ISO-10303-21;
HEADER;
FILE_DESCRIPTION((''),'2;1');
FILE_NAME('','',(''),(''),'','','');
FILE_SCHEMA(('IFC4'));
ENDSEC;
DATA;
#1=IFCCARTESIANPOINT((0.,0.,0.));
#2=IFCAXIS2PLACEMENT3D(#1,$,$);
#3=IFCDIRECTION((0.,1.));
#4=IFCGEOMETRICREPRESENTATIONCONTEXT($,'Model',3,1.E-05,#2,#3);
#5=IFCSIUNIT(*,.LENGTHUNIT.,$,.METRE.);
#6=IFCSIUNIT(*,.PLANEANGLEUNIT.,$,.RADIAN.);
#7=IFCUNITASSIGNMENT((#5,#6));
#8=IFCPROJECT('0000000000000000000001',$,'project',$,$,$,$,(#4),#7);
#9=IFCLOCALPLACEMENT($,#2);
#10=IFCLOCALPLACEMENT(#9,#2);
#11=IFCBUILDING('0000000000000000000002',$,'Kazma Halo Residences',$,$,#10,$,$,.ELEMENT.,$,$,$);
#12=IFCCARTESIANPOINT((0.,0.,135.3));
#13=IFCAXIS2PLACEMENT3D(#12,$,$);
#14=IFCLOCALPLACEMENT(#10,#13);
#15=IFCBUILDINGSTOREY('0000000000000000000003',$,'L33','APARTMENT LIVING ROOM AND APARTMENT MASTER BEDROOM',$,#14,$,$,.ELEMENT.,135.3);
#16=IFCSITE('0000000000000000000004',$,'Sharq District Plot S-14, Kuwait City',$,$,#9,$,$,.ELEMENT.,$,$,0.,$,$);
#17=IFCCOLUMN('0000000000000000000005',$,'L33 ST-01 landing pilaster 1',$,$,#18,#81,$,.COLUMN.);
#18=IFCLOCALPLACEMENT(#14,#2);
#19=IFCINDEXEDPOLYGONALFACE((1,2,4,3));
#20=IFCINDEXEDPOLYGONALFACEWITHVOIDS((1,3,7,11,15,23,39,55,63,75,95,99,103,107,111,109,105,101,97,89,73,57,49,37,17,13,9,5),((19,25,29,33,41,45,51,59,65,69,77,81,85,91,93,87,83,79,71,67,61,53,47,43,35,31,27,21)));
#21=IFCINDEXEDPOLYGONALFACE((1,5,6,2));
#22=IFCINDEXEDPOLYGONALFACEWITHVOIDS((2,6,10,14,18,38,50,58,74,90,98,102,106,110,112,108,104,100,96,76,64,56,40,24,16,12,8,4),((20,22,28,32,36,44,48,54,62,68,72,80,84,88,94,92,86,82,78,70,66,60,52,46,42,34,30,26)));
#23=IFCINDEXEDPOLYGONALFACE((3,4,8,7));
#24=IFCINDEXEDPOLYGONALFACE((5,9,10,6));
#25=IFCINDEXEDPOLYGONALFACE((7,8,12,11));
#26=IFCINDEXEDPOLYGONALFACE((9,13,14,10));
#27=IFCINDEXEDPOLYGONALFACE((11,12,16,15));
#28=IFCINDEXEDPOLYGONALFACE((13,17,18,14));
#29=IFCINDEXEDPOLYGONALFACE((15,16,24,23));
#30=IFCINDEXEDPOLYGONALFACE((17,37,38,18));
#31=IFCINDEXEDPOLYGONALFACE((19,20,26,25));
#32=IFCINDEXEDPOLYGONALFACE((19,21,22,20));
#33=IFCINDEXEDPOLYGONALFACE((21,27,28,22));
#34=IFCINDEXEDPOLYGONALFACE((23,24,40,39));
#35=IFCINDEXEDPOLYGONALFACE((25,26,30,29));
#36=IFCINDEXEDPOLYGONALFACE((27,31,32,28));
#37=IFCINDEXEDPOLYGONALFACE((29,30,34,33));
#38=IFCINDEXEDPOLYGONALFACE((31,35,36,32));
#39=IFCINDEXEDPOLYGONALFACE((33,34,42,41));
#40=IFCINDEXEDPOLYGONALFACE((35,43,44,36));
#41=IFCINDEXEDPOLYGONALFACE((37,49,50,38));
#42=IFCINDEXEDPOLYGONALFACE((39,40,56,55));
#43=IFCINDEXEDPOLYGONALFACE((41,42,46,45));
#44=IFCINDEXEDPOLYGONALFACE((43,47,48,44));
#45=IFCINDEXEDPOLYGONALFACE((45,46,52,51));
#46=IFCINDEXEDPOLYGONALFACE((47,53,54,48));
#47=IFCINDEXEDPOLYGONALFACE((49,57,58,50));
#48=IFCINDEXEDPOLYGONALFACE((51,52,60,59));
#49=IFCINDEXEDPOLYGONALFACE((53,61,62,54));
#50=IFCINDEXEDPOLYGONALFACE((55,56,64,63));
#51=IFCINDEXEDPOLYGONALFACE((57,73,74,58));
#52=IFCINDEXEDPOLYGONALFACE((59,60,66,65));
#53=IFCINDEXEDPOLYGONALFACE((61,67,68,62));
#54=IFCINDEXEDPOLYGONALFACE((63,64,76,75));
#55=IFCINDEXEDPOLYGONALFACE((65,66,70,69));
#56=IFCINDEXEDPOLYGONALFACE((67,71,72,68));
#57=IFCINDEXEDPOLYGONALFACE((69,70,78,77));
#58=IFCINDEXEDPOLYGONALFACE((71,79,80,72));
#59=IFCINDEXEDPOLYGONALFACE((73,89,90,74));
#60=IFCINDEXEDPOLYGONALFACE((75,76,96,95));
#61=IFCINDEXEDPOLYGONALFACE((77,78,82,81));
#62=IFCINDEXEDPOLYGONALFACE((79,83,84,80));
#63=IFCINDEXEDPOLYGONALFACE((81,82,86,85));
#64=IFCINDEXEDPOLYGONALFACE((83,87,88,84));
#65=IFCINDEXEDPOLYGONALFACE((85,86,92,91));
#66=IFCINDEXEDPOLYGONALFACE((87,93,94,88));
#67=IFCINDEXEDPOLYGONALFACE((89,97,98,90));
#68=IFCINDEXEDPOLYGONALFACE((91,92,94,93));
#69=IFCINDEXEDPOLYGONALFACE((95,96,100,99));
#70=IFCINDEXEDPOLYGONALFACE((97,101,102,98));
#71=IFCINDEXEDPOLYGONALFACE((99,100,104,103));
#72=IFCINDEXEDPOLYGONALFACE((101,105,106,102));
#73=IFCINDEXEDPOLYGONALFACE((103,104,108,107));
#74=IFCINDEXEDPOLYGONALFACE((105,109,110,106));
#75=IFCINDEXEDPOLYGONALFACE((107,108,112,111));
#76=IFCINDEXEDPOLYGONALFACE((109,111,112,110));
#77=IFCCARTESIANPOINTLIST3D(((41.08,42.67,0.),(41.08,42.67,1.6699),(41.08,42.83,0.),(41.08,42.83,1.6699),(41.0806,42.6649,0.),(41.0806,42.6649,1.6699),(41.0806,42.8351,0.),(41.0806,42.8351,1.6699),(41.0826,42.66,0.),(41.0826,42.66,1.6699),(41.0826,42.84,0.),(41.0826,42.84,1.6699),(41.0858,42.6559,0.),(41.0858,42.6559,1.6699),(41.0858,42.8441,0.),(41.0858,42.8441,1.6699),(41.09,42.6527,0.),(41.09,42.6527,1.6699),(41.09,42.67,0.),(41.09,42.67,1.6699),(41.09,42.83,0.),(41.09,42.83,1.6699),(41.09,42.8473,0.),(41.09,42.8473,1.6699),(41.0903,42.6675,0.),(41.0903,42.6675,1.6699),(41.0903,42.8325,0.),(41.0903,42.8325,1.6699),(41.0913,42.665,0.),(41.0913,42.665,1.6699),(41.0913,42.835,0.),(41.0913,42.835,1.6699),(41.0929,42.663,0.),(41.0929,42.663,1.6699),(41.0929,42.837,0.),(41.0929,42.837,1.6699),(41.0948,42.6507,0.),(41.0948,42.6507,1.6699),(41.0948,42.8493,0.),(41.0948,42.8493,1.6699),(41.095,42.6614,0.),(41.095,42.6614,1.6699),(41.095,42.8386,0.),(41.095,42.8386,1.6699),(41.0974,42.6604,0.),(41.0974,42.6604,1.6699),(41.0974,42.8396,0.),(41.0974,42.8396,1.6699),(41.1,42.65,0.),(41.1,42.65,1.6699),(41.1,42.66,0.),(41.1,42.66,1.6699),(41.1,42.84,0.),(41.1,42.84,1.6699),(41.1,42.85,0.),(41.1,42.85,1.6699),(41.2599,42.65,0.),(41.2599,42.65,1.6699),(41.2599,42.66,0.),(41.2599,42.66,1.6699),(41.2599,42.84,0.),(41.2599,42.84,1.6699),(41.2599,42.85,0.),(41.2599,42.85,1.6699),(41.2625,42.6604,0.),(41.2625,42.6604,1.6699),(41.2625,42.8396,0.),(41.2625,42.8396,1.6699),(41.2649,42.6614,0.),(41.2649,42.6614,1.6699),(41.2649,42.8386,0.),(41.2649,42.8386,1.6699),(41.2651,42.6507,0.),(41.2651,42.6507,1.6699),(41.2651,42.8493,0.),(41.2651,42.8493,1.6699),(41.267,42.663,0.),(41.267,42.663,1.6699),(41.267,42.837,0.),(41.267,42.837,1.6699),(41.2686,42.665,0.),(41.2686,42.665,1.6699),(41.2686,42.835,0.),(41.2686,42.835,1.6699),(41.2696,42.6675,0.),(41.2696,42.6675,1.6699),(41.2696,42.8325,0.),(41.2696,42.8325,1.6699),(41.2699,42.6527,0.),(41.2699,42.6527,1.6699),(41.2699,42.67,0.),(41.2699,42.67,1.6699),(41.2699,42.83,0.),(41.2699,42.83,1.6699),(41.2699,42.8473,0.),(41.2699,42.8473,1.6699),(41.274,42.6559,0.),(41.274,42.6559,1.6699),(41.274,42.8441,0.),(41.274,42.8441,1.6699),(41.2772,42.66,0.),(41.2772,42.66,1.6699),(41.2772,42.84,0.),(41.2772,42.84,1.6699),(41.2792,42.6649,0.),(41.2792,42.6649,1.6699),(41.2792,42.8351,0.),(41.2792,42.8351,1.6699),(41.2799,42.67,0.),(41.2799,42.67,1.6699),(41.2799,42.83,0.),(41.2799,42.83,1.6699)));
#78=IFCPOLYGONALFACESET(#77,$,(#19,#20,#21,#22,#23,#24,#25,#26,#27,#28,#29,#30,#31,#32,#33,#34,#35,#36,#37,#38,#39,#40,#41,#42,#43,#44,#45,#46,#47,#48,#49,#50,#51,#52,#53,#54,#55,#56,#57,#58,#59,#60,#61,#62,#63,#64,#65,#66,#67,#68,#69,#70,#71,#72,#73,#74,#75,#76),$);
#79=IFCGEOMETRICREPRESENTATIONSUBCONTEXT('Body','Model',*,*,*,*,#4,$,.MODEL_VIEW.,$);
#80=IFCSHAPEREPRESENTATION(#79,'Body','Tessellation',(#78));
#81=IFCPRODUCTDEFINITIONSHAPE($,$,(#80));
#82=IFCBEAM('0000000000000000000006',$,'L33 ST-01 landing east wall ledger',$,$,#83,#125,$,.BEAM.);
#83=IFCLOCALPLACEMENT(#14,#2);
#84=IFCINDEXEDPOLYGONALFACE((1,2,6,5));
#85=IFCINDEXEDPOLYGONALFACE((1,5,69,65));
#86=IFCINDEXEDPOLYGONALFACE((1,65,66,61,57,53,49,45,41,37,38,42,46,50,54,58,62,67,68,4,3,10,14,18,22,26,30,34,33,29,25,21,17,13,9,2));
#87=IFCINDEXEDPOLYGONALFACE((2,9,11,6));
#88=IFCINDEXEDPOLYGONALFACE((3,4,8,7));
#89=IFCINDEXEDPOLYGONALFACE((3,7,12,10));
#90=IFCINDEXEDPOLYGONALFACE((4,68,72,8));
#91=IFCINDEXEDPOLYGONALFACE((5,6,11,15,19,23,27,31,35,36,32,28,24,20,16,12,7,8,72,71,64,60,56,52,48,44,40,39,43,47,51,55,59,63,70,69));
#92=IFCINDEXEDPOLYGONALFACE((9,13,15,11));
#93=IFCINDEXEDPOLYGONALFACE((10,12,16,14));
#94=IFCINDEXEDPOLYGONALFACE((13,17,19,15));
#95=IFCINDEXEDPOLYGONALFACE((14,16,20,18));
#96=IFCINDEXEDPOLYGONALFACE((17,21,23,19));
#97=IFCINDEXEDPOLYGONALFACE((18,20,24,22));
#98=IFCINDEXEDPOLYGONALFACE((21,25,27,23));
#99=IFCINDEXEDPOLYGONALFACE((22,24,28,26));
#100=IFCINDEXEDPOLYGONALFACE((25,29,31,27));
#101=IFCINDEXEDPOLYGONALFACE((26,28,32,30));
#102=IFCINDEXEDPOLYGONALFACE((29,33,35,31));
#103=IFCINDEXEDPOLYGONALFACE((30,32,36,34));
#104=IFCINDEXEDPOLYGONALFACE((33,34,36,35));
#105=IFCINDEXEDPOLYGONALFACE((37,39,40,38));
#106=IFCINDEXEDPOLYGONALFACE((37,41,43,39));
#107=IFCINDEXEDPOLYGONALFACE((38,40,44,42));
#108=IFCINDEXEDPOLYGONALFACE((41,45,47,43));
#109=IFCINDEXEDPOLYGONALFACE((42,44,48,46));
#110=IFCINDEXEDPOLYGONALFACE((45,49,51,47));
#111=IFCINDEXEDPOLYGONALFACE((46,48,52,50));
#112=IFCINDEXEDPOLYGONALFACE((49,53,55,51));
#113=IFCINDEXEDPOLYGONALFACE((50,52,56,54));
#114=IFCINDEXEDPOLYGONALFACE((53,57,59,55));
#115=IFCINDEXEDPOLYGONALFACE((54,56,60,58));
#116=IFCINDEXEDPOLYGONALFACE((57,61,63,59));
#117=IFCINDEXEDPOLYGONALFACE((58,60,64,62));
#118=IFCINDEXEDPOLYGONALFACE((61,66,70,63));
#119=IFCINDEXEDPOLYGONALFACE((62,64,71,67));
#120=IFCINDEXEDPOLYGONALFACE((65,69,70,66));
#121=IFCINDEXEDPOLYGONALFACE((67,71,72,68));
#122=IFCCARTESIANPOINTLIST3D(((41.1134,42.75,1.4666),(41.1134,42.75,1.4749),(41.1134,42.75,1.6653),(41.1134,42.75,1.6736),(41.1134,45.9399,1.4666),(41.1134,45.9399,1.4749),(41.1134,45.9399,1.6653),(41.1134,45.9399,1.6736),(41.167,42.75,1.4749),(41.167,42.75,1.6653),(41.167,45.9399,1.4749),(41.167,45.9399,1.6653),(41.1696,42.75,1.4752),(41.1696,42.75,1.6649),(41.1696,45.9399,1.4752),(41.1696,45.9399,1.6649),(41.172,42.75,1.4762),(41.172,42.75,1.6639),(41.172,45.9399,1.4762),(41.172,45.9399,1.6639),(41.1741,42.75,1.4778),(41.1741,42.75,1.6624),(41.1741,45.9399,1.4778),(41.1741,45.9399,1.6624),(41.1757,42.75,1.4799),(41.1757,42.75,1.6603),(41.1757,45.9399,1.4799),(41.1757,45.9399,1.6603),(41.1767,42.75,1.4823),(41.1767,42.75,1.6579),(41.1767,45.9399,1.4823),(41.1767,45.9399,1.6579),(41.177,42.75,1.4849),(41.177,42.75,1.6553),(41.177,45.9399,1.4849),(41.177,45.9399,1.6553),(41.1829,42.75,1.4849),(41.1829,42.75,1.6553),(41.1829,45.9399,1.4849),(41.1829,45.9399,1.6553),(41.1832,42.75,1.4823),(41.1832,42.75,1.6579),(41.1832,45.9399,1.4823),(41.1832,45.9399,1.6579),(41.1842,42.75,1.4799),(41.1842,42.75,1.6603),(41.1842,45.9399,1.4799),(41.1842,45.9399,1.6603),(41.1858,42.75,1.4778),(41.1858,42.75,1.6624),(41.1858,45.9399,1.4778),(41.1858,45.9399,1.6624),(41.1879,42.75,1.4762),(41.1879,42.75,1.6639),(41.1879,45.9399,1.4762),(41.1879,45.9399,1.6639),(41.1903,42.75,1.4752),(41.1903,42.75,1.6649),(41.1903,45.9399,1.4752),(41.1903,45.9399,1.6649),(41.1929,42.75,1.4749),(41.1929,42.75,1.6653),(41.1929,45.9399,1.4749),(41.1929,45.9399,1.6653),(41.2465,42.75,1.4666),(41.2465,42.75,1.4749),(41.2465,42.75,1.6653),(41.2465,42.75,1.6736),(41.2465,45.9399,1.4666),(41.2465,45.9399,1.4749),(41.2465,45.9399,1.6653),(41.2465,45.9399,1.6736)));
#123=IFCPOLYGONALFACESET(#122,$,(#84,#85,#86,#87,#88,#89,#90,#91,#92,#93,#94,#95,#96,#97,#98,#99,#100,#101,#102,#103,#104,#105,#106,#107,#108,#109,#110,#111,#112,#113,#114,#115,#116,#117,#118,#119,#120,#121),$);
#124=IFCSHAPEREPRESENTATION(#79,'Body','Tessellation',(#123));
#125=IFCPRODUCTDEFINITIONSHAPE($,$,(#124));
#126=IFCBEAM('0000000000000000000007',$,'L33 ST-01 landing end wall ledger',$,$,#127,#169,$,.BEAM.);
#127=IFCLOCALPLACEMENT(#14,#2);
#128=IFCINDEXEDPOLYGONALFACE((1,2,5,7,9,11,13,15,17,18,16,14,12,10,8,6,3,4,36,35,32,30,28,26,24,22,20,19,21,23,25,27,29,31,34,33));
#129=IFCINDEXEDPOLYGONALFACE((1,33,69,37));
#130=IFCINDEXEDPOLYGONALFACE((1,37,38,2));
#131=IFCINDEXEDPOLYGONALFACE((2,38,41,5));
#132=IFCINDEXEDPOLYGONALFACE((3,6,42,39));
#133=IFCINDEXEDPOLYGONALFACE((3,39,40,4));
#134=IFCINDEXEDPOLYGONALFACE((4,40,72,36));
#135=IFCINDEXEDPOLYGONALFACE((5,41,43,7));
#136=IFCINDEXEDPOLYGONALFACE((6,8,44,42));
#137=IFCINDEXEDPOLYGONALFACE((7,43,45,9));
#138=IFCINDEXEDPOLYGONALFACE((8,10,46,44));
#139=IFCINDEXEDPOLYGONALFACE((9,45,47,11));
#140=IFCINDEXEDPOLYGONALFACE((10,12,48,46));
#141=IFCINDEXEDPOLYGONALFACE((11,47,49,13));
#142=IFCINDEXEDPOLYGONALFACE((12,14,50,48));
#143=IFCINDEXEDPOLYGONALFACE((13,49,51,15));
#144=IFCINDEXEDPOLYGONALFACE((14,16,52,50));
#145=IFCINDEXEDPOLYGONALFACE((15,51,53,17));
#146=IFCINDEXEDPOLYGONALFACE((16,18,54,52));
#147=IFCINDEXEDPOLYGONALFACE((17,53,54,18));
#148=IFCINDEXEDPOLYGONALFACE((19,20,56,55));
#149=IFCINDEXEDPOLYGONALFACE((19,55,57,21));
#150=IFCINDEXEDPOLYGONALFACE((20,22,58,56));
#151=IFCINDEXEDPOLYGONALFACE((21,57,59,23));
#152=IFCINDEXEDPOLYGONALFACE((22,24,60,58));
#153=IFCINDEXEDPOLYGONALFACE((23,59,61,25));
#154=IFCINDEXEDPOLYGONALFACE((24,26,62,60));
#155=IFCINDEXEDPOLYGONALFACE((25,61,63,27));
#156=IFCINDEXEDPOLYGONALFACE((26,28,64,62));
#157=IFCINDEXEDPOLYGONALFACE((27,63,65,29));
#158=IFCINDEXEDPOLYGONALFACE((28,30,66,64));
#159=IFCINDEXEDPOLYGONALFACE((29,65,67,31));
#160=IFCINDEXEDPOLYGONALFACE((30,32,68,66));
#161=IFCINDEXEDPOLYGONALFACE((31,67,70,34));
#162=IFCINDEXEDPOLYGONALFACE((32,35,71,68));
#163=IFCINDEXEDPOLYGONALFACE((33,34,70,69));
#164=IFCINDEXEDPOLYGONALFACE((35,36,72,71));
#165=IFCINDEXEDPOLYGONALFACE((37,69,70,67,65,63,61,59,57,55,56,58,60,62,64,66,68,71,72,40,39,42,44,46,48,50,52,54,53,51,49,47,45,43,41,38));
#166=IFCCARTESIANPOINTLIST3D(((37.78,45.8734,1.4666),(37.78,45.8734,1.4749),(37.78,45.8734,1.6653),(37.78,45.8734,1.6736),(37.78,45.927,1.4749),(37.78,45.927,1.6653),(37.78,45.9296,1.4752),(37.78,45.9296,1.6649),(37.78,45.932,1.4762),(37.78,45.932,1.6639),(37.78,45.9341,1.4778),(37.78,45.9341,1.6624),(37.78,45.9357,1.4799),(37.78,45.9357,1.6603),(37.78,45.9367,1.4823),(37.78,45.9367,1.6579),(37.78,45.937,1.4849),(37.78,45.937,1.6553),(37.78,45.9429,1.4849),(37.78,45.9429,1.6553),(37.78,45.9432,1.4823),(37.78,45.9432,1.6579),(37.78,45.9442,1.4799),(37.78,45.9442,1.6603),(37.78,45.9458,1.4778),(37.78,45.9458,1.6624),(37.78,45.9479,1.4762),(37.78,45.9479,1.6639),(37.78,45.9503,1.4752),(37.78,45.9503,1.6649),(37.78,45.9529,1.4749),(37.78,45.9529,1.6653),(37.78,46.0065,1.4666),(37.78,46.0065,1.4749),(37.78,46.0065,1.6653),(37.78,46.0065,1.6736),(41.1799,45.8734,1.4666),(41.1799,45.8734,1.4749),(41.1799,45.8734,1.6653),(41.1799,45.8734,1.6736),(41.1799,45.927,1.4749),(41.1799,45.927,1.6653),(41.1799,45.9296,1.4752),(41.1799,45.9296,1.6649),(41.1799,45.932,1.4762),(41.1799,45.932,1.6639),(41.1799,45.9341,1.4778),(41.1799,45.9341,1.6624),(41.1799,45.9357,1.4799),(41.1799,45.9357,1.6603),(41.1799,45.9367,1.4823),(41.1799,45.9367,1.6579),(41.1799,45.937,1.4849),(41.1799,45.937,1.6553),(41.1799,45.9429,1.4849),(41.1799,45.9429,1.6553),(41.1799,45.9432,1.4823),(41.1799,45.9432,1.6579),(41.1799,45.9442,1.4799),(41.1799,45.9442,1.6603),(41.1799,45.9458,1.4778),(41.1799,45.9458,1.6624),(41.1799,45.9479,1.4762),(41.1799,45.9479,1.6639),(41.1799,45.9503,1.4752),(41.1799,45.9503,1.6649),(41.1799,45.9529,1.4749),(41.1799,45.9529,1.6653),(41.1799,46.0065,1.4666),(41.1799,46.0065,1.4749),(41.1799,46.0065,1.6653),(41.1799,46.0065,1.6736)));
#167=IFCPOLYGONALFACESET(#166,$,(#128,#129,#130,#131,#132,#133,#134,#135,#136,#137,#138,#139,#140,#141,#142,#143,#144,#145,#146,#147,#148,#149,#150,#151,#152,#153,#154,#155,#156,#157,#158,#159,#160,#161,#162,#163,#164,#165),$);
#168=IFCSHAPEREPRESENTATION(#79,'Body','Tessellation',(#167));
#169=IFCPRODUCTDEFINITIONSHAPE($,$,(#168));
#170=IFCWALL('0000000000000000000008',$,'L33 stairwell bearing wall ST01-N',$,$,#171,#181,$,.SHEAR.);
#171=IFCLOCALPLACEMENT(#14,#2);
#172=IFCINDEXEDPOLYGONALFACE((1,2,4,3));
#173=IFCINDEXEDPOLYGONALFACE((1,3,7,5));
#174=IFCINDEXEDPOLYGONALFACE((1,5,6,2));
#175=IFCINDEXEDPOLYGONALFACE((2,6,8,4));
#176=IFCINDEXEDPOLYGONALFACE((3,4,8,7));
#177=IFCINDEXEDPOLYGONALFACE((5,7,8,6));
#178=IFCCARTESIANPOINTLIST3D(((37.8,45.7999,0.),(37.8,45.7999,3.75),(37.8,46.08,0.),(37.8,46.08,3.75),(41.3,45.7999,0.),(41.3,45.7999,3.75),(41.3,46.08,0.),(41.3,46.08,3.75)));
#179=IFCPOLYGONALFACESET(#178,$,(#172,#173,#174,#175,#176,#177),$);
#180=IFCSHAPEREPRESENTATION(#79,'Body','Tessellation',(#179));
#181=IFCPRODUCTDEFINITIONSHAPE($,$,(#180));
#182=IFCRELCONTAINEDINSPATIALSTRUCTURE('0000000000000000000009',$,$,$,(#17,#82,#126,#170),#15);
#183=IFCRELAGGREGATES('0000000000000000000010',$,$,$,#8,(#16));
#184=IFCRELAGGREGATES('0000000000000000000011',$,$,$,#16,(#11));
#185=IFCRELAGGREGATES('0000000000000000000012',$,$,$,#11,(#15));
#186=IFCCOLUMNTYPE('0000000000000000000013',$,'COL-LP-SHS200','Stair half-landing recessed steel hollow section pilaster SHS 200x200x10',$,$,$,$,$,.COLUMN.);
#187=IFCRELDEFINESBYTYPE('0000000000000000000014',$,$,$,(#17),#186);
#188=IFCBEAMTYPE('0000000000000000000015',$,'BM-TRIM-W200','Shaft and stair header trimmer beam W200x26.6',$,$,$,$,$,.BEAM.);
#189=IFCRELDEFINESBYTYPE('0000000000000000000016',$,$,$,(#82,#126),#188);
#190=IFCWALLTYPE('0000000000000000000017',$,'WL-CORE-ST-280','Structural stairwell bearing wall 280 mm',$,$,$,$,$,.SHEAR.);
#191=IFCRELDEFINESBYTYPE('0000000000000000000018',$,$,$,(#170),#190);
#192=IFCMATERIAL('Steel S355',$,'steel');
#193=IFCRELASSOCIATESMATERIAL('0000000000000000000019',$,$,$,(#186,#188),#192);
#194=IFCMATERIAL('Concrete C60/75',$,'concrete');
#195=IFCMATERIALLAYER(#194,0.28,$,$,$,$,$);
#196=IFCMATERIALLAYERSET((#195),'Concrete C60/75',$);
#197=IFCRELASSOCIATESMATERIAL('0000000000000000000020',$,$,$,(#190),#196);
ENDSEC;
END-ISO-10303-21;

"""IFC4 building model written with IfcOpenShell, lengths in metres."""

from ifc_helpers import new_model, si_unit, direction, frame, frame_2d, origin, origin_2d, place, context, subcontext, project, spatial, rectangle, hollow_rectangle, i_section, extrude, material, layer, layer_set, material_profile, profile_set, type_object, element, save


model = new_model("IFC4")

# Units and contexts
model_context = context("Model", 3, precision=1e-05, world=origin(), true_north=direction((0.0, 1.0)))
body_context = subcontext(model_context, "Body", "Model", "MODEL_VIEW")
ifc_project = project(units=[si_unit("LENGTHUNIT", "METRE"), si_unit("PLANEANGLEUNIT", "RADIAN")], contexts=[model_context])

# Site, building, storey
site_placement = place(None, origin())
site = spatial("IfcSite", under=ifc_project, at=site_placement, Name="Sharq District Plot S-14, Kuwait City", CompositionType="ELEMENT", RefElevation=0.0)
building_placement = place(site_placement, origin())
building = spatial("IfcBuilding", under=site, at=building_placement, Name="Kazma Halo Residences", CompositionType="ELEMENT")
storey_placement = place(building_placement, frame((0.0, 0.0, 135.3)))
storey = spatial("IfcBuildingStorey", under=building, at=storey_placement, Name="L33", Description="APARTMENT LIVING ROOM AND APARTMENT MASTER BEDROOM", CompositionType="ELEMENT", Elevation=135.3)

# Column
ifc_material_1 = material(Name="Steel S355", Category="steel")
ifc_material_profile_1 = material_profile(ifc_material_1, hollow_rectangle(XDim=0.2, YDim=0.2, WallThickness=0.01, InnerFilletRadius=0.01, OuterFilletRadius=0.02, at=origin_2d()), Name="SHS200x200x10")
ifc_profile_set_1 = profile_set([ifc_material_profile_1], Name="Steel S355")
column_type = type_object("IfcColumnType", Name="COL-LP-SHS200", Description="Stair half-landing recessed steel hollow section pilaster SHS 200x200x10", PredefinedType="COLUMN", material=ifc_profile_set_1)
column_placement = place(storey_placement, frame((41.1799, 42.75, 0.0), z_axis=(0.0, 0.0, 1.0), x_axis=(1.0, 0.0, 0.0)))
element("IfcColumn", 1, at=column_placement, inside=storey, type_object=column_type, Name="L33 ST-01 landing pilaster 1", PredefinedType="COLUMN", context=body_context, shape_type="SweptSolid", body=[
    extrude(hollow_rectangle(XDim=0.2, YDim=0.2, WallThickness=0.01, InnerFilletRadius=0.01, OuterFilletRadius=0.02, at=origin_2d()), origin(), (0.0, 0.0, 1.0), 1.6699),
])

# Beams
ifc_material_profile_2 = material_profile(ifc_material_1, i_section(OverallWidth=0.1331, OverallDepth=0.207, WebThickness=0.0059, FlangeThickness=0.0083, FilletRadius=0.01, at=origin_2d()), Name="W200x26.6")
ifc_profile_set_2 = profile_set([ifc_material_profile_2], Name="Steel S355")
beam_type = type_object("IfcBeamType", Name="BM-TRIM-W200", Description="Shaft and stair header trimmer beam W200x26.6", PredefinedType="BEAM", material=ifc_profile_set_2)
beam_1_placement = place(storey_placement, frame((41.1799, 42.75, 1.5701), z_axis=(0.0, 1.0, 0.0), x_axis=(-1.0, 0.0, 0.0)))
element("IfcBeam", 2, at=beam_1_placement, inside=storey, type_object=beam_type, Name="L33 ST-01 landing east wall ledger", PredefinedType="BEAM", context=body_context, shape_type="SweptSolid", body=[
    extrude(i_section(OverallWidth=0.1331, OverallDepth=0.207, WebThickness=0.0059, FlangeThickness=0.0083, FilletRadius=0.01, at=origin_2d()), origin(), (0.0, 0.0, 1.0), 3.1899),
])
beam_2_placement = place(storey_placement, frame((37.78, 45.9399, 1.5701), z_axis=(1.0, 0.0, 0.0), x_axis=(0.0, 1.0, 0.0)))
element("IfcBeam", 3, at=beam_2_placement, inside=storey, type_object=beam_type, Name="L33 ST-01 landing end wall ledger", PredefinedType="BEAM", context=body_context, shape_type="SweptSolid", body=[
    extrude(i_section(OverallWidth=0.1331, OverallDepth=0.207, WebThickness=0.0059, FlangeThickness=0.0083, FilletRadius=0.01, at=origin_2d()), origin(), (0.0, 0.0, 1.0), 3.3999),
])

# Wall
ifc_material_2 = material(Name="Concrete C60/75", Category="concrete")
ifc_layer_1 = layer(ifc_material_2, 0.28)
ifc_layer_set_1 = layer_set([ifc_layer_1], Name="Concrete C60/75")
wall_type_1 = type_object("IfcWallType", Name="WL-CORE-ST-280", Description="Structural stairwell bearing wall 280 mm", PredefinedType="SHEAR", material=ifc_layer_set_1)
wall_1_placement = place(storey_placement, frame((37.8, 45.9399, 0.0), z_axis=(0.0, 0.0, 1.0), x_axis=(1.0, 0.0, 0.0)))
element("IfcWall", 4, at=wall_1_placement, inside=storey, type_object=wall_type_1, Name="L33 stairwell bearing wall ST01-N", PredefinedType="SHEAR", context=body_context, shape_type="SweptSolid", body=[
    extrude(rectangle(XDim=3.5, YDim=0.28, at=frame_2d((1.75, 0.0))), origin(), (0.0, 0.0, 1.0), 3.75),
])

save(model, "model.ifc")
